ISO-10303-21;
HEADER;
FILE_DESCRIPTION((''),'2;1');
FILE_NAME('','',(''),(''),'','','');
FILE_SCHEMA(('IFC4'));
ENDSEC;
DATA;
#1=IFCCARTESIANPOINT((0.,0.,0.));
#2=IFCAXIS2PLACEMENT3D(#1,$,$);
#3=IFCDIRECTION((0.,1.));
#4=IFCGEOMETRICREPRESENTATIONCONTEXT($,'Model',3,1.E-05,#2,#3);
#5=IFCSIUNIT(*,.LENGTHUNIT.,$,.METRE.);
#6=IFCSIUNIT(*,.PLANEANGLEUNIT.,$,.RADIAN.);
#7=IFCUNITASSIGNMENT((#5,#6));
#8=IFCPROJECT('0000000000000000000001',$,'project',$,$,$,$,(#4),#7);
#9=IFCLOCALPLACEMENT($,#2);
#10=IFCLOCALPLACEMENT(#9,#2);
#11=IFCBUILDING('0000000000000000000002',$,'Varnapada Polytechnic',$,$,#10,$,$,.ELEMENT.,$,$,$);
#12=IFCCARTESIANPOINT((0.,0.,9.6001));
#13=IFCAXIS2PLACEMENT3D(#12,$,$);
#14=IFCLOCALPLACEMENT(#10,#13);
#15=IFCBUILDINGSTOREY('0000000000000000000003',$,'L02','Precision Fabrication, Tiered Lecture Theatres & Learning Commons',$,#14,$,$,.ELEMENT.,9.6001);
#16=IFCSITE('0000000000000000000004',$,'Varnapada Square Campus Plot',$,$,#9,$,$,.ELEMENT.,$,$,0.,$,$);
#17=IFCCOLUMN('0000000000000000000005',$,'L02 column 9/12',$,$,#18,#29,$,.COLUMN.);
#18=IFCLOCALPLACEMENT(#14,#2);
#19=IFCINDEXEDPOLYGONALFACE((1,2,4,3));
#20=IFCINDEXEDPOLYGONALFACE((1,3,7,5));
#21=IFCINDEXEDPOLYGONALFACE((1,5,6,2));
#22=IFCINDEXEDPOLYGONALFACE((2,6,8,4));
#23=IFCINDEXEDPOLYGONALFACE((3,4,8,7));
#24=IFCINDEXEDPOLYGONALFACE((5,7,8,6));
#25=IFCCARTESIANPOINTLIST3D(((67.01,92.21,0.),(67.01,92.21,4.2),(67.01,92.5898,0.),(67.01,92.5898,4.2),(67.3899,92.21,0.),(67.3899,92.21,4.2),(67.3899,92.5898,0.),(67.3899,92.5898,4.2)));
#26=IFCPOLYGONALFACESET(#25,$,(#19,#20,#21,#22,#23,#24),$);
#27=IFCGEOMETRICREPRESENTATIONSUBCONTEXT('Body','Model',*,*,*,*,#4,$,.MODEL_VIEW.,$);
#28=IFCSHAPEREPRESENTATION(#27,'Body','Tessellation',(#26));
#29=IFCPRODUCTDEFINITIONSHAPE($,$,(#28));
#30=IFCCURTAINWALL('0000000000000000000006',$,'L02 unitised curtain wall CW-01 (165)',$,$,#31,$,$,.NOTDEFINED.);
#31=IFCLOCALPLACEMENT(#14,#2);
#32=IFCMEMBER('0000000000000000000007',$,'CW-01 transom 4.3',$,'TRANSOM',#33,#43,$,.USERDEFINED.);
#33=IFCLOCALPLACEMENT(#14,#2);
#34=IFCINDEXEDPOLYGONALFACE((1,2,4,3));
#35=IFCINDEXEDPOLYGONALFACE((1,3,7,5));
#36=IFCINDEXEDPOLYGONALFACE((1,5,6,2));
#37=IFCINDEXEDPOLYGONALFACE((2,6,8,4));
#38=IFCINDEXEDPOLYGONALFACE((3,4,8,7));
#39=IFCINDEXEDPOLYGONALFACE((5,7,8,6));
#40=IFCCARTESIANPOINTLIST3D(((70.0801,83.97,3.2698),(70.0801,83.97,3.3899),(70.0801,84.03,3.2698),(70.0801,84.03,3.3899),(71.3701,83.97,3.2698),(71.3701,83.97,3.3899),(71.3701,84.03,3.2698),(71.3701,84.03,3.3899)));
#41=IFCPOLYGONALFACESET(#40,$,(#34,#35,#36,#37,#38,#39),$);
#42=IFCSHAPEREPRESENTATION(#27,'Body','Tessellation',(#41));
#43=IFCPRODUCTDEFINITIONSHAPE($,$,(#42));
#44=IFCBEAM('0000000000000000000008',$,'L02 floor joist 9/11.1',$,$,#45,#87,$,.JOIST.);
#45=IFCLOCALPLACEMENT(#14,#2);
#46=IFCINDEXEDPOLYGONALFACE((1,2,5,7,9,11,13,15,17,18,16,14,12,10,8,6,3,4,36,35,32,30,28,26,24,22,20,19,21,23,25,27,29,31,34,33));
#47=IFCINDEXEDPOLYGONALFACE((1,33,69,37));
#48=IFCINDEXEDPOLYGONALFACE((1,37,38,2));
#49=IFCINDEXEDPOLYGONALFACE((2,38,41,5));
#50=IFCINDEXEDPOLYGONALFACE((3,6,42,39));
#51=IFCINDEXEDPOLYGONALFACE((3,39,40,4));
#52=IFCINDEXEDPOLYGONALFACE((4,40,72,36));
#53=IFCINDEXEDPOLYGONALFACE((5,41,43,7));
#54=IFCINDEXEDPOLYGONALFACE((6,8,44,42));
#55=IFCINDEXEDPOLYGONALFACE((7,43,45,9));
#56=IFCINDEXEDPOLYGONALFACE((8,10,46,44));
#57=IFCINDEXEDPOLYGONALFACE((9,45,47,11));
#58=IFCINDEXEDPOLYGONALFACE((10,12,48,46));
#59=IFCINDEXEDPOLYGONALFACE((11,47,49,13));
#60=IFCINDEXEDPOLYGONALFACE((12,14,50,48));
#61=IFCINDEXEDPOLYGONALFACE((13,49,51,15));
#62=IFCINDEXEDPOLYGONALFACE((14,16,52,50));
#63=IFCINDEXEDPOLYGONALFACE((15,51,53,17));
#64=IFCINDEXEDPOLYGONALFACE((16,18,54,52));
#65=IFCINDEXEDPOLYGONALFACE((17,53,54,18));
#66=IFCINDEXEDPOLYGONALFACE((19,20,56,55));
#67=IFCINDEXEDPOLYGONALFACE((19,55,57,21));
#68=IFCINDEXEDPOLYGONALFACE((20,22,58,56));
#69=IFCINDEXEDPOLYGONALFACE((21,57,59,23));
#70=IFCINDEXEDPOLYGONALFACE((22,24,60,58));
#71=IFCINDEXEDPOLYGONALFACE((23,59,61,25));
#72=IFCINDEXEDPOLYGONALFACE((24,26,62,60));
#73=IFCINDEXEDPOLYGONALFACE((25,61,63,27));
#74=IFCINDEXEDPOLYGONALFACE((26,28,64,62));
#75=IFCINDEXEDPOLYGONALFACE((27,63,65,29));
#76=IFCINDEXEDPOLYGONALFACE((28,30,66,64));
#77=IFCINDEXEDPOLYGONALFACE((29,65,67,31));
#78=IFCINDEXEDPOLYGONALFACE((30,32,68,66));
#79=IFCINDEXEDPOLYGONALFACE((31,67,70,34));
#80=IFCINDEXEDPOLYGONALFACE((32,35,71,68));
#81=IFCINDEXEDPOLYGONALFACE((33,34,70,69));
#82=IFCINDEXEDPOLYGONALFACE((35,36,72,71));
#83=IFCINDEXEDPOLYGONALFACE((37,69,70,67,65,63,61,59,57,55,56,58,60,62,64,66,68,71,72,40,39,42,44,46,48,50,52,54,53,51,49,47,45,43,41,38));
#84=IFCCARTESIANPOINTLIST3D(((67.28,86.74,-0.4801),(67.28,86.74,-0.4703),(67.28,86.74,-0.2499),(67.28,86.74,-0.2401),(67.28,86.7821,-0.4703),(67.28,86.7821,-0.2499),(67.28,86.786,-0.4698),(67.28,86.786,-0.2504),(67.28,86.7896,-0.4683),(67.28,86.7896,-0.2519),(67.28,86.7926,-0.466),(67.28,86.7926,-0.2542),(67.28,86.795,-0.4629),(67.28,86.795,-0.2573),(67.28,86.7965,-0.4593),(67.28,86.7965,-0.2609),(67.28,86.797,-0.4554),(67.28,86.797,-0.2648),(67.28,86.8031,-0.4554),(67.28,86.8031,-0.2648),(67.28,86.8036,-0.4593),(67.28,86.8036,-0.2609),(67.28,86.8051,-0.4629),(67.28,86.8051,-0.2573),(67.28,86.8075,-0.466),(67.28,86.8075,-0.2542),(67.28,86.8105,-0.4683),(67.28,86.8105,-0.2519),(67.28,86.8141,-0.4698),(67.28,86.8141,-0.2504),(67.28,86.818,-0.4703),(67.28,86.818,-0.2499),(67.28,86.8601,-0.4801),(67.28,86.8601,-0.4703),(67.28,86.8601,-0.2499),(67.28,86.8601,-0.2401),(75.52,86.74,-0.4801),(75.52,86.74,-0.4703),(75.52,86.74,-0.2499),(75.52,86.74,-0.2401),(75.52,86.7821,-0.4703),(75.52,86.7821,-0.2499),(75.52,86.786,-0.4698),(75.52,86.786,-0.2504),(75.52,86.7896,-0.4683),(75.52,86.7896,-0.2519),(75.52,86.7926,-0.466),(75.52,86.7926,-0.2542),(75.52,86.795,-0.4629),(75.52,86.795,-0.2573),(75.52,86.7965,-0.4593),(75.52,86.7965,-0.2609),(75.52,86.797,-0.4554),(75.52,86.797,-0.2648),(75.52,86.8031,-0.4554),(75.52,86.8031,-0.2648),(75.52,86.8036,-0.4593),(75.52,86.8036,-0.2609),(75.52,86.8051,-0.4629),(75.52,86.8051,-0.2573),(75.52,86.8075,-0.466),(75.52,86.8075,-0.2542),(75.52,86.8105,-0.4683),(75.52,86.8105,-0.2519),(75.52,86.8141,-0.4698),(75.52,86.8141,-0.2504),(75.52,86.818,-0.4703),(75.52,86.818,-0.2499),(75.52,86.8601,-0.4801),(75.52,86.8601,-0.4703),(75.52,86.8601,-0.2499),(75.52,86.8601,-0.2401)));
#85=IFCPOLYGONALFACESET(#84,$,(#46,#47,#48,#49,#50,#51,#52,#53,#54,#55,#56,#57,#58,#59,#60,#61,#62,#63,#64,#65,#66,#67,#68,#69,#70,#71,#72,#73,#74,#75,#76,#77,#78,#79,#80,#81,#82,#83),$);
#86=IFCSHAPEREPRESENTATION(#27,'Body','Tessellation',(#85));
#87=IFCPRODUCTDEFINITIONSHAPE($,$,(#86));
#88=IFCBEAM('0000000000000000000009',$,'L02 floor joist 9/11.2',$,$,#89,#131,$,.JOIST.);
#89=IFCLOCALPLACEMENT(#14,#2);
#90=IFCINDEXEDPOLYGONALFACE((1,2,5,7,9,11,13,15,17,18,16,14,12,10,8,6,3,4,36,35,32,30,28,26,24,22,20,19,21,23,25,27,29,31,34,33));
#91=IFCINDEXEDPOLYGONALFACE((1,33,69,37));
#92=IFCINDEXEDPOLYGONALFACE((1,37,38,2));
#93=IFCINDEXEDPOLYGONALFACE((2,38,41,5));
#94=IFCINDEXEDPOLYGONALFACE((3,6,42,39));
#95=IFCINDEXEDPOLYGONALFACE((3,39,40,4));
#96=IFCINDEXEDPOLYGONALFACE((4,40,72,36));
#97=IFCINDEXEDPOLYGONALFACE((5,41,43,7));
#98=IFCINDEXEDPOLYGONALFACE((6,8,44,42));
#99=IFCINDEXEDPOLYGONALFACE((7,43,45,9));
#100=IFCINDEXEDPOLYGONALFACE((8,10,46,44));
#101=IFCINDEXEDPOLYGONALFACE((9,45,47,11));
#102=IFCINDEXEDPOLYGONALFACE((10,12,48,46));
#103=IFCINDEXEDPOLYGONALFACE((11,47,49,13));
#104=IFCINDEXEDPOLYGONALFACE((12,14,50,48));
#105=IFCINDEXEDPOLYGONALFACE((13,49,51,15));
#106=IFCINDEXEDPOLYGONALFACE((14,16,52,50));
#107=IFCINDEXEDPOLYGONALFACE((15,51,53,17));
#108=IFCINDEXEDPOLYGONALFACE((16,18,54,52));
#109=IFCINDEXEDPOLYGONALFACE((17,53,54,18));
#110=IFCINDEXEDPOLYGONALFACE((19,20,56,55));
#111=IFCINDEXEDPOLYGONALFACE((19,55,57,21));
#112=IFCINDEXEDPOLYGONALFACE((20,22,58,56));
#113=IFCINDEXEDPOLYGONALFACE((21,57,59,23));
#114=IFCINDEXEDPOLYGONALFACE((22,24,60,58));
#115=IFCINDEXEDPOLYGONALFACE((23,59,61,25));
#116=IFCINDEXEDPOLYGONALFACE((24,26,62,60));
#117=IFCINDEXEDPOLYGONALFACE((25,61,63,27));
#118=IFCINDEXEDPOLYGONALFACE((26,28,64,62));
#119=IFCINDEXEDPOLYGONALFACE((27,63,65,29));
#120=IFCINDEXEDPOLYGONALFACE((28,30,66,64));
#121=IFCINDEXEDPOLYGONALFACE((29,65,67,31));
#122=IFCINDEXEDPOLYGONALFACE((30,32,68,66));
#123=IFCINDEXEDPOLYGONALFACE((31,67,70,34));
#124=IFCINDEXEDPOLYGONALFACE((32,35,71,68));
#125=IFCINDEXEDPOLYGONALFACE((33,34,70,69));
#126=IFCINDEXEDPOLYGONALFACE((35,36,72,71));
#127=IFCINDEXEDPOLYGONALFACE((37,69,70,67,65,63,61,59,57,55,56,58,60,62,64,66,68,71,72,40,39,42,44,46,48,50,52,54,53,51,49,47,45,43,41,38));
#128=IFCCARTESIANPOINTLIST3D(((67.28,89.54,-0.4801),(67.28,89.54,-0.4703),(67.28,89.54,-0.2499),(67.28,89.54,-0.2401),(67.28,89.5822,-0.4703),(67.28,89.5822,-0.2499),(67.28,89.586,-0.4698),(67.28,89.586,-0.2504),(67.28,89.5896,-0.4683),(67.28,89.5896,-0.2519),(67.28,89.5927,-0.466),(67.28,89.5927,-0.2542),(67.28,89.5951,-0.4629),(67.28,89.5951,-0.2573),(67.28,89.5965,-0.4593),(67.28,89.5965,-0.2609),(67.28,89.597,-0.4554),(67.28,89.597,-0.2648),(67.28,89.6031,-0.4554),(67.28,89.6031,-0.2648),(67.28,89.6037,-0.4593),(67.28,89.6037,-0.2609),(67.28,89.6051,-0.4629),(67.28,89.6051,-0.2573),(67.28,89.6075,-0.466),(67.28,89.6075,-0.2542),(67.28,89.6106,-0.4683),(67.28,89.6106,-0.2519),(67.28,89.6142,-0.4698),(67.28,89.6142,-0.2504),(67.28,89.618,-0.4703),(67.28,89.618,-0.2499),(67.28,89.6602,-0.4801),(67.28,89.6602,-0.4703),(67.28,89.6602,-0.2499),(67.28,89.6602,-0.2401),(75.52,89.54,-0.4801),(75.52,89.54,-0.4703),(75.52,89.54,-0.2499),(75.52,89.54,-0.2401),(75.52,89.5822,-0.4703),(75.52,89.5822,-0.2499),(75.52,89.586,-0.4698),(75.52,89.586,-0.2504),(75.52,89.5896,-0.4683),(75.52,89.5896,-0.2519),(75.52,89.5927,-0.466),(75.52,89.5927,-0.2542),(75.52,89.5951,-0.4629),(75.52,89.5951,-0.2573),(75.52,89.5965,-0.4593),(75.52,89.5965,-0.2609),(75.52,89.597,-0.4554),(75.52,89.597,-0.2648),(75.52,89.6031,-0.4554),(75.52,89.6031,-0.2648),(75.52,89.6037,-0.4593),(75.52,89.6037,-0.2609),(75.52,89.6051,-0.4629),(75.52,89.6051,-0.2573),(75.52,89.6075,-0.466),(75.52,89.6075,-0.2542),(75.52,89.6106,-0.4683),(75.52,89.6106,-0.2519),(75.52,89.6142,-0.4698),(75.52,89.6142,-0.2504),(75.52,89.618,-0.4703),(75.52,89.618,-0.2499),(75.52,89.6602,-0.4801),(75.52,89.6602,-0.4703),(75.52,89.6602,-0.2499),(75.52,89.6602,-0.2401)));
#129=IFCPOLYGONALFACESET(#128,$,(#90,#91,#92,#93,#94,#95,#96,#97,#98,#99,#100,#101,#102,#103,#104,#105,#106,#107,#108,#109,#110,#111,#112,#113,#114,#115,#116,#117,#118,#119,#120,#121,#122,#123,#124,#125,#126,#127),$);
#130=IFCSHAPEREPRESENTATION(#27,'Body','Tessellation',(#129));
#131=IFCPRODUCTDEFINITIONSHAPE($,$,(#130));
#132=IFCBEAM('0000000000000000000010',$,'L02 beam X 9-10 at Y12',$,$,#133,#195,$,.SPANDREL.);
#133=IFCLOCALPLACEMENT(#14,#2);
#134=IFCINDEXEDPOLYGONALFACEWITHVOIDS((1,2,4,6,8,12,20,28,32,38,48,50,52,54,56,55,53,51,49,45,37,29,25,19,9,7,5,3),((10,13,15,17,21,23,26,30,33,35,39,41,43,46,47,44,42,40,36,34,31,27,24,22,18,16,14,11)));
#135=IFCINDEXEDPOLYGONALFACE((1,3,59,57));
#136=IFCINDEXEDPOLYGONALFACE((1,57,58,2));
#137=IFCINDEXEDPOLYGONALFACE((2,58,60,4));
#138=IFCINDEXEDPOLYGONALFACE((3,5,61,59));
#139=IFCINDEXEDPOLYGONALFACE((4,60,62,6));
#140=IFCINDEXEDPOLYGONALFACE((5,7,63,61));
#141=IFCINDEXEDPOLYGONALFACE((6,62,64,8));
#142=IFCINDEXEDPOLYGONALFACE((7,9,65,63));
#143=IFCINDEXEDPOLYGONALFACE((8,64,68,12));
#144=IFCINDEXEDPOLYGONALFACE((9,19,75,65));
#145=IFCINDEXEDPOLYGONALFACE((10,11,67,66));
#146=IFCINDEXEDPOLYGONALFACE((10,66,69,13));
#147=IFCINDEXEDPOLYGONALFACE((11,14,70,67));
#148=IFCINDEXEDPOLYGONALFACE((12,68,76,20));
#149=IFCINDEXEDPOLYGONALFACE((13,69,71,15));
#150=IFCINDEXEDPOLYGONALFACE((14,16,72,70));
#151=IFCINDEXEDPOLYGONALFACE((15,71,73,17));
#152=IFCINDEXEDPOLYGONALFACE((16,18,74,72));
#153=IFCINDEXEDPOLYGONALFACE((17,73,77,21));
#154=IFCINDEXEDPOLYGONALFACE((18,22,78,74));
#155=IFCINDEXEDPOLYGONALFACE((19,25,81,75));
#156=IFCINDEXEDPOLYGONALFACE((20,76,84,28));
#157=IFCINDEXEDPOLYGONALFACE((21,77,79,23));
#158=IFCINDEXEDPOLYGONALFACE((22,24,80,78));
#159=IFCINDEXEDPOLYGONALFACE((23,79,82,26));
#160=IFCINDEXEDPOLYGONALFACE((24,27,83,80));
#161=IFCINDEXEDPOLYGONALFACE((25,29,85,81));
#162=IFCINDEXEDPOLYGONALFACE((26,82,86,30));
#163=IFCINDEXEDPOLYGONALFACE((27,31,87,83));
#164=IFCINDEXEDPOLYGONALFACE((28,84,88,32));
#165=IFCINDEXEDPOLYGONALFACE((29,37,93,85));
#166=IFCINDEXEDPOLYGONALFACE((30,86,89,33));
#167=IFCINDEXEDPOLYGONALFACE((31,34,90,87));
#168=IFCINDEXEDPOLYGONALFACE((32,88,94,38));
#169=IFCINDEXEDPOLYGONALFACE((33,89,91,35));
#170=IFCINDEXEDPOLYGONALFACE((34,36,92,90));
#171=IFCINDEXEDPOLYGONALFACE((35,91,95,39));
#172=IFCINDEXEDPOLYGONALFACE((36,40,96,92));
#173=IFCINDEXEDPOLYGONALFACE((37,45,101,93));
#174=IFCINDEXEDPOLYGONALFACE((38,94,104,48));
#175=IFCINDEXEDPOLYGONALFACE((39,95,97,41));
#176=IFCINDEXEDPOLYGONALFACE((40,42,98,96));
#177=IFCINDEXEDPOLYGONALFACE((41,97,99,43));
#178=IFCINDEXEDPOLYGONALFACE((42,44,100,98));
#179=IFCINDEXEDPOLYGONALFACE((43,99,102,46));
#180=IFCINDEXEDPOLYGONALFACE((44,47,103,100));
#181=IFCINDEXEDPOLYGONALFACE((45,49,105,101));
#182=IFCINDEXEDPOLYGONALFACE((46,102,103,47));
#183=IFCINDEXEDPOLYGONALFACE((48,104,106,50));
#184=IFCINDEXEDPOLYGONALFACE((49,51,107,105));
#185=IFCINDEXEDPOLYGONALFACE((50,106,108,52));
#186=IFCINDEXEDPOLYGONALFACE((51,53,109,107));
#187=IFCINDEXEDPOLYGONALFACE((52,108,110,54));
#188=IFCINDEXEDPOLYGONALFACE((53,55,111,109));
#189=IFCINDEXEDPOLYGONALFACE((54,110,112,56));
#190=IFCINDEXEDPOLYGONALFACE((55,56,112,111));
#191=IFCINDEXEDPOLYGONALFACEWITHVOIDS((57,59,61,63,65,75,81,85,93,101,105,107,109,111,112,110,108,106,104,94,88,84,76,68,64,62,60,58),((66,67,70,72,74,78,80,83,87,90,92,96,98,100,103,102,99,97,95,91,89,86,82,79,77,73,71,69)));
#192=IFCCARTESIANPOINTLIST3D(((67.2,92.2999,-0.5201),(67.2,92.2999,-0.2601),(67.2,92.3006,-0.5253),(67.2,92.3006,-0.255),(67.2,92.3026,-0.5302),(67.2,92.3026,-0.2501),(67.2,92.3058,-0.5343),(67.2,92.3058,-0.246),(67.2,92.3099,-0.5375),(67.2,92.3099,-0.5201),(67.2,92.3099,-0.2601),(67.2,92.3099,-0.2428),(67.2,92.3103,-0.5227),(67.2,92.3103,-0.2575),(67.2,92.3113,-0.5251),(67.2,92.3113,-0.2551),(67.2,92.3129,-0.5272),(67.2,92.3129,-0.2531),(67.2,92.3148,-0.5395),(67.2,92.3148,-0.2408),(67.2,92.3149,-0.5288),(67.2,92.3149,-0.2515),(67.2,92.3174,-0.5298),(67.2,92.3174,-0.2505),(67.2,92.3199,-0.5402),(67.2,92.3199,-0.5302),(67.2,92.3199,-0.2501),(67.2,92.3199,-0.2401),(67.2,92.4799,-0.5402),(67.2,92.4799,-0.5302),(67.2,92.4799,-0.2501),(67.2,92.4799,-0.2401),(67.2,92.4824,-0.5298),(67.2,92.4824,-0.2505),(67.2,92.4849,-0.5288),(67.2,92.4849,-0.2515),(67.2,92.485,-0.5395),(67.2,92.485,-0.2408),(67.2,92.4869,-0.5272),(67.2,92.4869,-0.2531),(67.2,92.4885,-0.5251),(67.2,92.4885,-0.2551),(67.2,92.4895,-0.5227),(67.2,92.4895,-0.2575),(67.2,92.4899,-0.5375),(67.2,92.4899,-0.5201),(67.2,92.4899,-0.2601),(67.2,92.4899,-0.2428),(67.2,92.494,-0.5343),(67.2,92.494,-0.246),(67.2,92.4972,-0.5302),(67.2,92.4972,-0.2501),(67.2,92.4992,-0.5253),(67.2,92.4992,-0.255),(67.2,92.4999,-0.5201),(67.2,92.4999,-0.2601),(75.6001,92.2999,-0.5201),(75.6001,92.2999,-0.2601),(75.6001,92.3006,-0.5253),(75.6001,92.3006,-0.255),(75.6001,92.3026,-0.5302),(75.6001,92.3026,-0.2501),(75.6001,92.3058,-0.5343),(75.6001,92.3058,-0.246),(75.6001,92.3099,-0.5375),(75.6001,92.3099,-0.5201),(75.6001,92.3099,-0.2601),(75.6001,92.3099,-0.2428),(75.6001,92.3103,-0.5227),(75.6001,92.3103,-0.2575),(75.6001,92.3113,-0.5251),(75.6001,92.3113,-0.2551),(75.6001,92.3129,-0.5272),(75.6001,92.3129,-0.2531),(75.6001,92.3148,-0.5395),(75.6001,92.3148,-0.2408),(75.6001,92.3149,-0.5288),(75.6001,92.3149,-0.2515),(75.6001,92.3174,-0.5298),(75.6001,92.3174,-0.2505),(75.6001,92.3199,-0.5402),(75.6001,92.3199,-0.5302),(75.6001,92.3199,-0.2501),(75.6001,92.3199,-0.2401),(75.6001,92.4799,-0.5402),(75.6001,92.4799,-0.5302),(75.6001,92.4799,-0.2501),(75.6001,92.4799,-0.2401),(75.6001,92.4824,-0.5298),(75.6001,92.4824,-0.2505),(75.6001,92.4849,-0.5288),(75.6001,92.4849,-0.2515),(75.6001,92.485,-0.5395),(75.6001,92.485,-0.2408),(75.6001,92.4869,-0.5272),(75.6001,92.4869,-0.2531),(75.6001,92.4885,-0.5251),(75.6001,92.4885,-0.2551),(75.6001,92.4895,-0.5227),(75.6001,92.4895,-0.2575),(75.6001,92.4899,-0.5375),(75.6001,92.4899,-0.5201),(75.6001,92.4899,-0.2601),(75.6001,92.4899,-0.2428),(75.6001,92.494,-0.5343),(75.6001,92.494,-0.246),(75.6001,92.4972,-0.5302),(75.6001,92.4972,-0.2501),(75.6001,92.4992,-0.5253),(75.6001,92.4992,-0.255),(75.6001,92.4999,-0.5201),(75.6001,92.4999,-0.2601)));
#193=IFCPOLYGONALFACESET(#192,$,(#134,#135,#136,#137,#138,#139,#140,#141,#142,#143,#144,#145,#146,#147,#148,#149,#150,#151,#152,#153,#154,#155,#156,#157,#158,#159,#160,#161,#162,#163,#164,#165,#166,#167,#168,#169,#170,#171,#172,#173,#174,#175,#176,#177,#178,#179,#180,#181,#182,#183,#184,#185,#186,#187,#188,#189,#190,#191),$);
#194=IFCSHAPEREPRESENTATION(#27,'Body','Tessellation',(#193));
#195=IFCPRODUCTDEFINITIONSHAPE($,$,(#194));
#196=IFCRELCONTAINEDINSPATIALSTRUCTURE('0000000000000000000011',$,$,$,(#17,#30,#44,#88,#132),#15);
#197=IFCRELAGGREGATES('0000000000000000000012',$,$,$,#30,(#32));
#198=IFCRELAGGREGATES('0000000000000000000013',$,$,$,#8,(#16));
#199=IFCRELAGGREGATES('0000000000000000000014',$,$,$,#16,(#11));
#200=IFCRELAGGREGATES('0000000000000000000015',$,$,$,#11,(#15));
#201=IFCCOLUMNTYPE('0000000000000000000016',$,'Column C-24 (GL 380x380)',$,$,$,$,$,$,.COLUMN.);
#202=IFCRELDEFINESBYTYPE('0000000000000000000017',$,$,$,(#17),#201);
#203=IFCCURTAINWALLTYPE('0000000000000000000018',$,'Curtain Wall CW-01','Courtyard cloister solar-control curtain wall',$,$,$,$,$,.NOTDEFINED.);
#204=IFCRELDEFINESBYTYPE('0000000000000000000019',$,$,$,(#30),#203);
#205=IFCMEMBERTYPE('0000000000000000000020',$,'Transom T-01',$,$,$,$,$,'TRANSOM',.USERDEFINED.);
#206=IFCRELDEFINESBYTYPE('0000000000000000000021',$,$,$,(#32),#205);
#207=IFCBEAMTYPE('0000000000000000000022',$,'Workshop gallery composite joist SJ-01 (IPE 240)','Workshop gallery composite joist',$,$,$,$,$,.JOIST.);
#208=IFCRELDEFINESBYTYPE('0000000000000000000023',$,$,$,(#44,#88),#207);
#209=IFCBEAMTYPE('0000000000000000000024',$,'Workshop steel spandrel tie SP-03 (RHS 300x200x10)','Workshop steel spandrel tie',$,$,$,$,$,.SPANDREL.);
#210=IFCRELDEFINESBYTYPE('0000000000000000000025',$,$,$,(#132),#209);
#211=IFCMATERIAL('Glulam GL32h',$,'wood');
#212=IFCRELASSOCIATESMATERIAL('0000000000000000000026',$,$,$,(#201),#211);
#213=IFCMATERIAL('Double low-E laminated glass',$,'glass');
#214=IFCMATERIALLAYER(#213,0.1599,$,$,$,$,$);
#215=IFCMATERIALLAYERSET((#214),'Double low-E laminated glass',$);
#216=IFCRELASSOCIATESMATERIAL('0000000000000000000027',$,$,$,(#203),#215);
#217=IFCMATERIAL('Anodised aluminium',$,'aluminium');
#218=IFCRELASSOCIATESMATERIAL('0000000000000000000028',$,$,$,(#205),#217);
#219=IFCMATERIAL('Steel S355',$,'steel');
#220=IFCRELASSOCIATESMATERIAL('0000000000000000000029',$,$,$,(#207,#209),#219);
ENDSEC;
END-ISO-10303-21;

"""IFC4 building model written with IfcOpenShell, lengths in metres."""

from ifc_helpers import new_model, si_unit, direction, frame, origin, origin_2d, place, context, subcontext, project, spatial, rectangle, hollow_rectangle, i_section, extrude, material, layer, layer_set, material_profile, profile_set, type_object, element, aggregate, save


model = new_model("IFC4")

# Units and contexts
model_context = context("Model", 3, precision=1e-05, world=origin(), true_north=direction((0.0, 1.0)))
body_context = subcontext(model_context, "Body", "Model", "MODEL_VIEW")
ifc_project = project(units=[si_unit("LENGTHUNIT", "METRE"), si_unit("PLANEANGLEUNIT", "RADIAN")], contexts=[model_context])

# Site, building, storey
site_placement = place(None, origin())
site = spatial("IfcSite", under=ifc_project, at=site_placement, Name="Varnapada Square Campus Plot", CompositionType="ELEMENT", RefElevation=0.0)
building_placement = place(site_placement, origin())
building = spatial("IfcBuilding", under=site, at=building_placement, Name="Varnapada Polytechnic", CompositionType="ELEMENT")
storey_placement = place(building_placement, frame((0.0, 0.0, 9.6001)))
storey = spatial("IfcBuildingStorey", under=building, at=storey_placement, Name="L02", Description="Precision Fabrication, Tiered Lecture Theatres & Learning Commons", CompositionType="ELEMENT", Elevation=9.6001)

# Column
ifc_material_1 = material(Name="Glulam GL32h", Category="wood")
ifc_material_profile_1 = material_profile(ifc_material_1, rectangle(XDim=0.3799, YDim=0.3799, at=origin_2d()), Name="GL 380x380")
ifc_profile_set_1 = profile_set([ifc_material_profile_1], Name="Glulam GL32h")
column_type = type_object("IfcColumnType", Name="Column C-24 (GL 380x380)", PredefinedType="COLUMN", material=ifc_profile_set_1)
column_placement = place(storey_placement, frame((67.2, 92.3999, 0.0), z_axis=(0.0, 0.0, 1.0), x_axis=(1.0, 0.0, 0.0)))
element("IfcColumn", 1, at=column_placement, inside=storey, type_object=column_type, Name="L02 column 9/12", PredefinedType="COLUMN", context=body_context, shape_type="SweptSolid", body=[
    extrude(rectangle(XDim=0.3799, YDim=0.3799, at=origin_2d()), origin(), (0.0, 0.0, 1.0), 4.2),
])

# Curtain wall, member
ifc_material_2 = material(Name="Double low-E laminated glass", Category="glass")
ifc_layer_1 = layer(ifc_material_2, 0.1599)
ifc_layer_set_1 = layer_set([ifc_layer_1], Name="Double low-E laminated glass")
curtain_wall_type = type_object("IfcCurtainWallType", Name="Curtain Wall CW-01", Description="Courtyard cloister solar-control curtain wall", PredefinedType="NOTDEFINED", material=ifc_layer_set_1)
curtain_wall_placement = place(storey_placement, origin())
curtain_wall = element("IfcCurtainWall", 2, at=curtain_wall_placement, inside=storey, type_object=curtain_wall_type, Name="L02 unitised curtain wall CW-01 (165)", PredefinedType="NOTDEFINED")
ifc_material_3 = material(Name="Anodised aluminium", Category="aluminium")
ifc_material_profile_2 = material_profile(ifc_material_3, rectangle(XDim=0.0601, YDim=0.1201, at=origin_2d()), Name="ALU T60x120")
ifc_profile_set_2 = profile_set([ifc_material_profile_2], Name="Anodised aluminium")
member_type = type_object("IfcMemberType", Name="Transom T-01", ElementType="TRANSOM", PredefinedType="USERDEFINED", material=ifc_profile_set_2)
member_placement = place(storey_placement, frame((71.3701, 84.0, 3.3298), z_axis=(-1.0, 0.0, 0.0), x_axis=(0.0, -1.0, 0.0)))
member = element("IfcMember", 3, at=member_placement, type_object=member_type, Name="CW-01 transom 4.3", ObjectType="TRANSOM", PredefinedType="USERDEFINED", context=body_context, shape_type="SweptSolid", body=[
    extrude(rectangle(XDim=0.0601, YDim=0.1201, at=origin_2d()), origin(), (0.0, 0.0, 1.0), 1.29),
])
aggregate(curtain_wall, [member])

# Beams
ifc_material_4 = material(Name="Steel S355", Category="steel")
ifc_material_profile_3 = material_profile(ifc_material_4, i_section(OverallWidth=0.1201, OverallDepth=0.24, WebThickness=0.0061, FlangeThickness=0.0098, FilletRadius=0.0149, at=origin_2d()), Name="IPE 240")
ifc_profile_set_3 = profile_set([ifc_material_profile_3], Name="Steel S355")
beam_type_1 = type_object("IfcBeamType", Name="Workshop gallery composite joist SJ-01 (IPE 240)", Description="Workshop gallery composite joist", PredefinedType="JOIST", material=ifc_profile_set_3)
for number, where, z_axis, x_axis, name in (
    (4, (67.28, 86.8, -0.3601), (1.0, 0.0, 0.0), (0.0, 1.0, 0.0), "L02 floor joist 9/11.1"),
    (5, (67.28, 89.6001, -0.3601), (1.0, 0.0, 0.0), (0.0, 1.0, 0.0), "L02 floor joist 9/11.2"),
):
    element("IfcBeam", number, at=place(storey_placement, frame(where, z_axis=z_axis, x_axis=x_axis)), inside=storey, type_object=beam_type_1, Name=name, PredefinedType="JOIST", context=body_context, shape_type="SweptSolid", body=[
        extrude(i_section(OverallWidth=0.1201, OverallDepth=0.24, WebThickness=0.0061, FlangeThickness=0.0098, FilletRadius=0.0149, at=origin_2d()), origin(), (0.0, 0.0, 1.0), 8.24),
    ])
ifc_material_profile_4 = material_profile(ifc_material_4, hollow_rectangle(XDim=0.2, YDim=0.3, WallThickness=0.01, InnerFilletRadius=0.01, OuterFilletRadius=0.02, at=origin_2d()), Name="RHS 300x200x10")
ifc_profile_set_4 = profile_set([ifc_material_profile_4], Name="Steel S355")
beam_type_2 = type_object("IfcBeamType", Name="Workshop steel spandrel tie SP-03 (RHS 300x200x10)", Description="Workshop steel spandrel tie", PredefinedType="SPANDREL", material=ifc_profile_set_4)
beam_placement = place(storey_placement, frame((67.2, 92.3999, -0.3901), z_axis=(1.0, 0.0, 0.0), x_axis=(0.0, 1.0, 0.0)))
element("IfcBeam", 6, at=beam_placement, inside=storey, type_object=beam_type_2, Name="L02 beam X 9-10 at Y12", PredefinedType="SPANDREL", context=body_context, shape_type="SweptSolid", body=[
    extrude(hollow_rectangle(XDim=0.2, YDim=0.3, WallThickness=0.01, InnerFilletRadius=0.01, OuterFilletRadius=0.02, at=origin_2d()), origin(), (0.0, 0.0, 1.0), 8.4001),
])

save(model, "model.ifc")
